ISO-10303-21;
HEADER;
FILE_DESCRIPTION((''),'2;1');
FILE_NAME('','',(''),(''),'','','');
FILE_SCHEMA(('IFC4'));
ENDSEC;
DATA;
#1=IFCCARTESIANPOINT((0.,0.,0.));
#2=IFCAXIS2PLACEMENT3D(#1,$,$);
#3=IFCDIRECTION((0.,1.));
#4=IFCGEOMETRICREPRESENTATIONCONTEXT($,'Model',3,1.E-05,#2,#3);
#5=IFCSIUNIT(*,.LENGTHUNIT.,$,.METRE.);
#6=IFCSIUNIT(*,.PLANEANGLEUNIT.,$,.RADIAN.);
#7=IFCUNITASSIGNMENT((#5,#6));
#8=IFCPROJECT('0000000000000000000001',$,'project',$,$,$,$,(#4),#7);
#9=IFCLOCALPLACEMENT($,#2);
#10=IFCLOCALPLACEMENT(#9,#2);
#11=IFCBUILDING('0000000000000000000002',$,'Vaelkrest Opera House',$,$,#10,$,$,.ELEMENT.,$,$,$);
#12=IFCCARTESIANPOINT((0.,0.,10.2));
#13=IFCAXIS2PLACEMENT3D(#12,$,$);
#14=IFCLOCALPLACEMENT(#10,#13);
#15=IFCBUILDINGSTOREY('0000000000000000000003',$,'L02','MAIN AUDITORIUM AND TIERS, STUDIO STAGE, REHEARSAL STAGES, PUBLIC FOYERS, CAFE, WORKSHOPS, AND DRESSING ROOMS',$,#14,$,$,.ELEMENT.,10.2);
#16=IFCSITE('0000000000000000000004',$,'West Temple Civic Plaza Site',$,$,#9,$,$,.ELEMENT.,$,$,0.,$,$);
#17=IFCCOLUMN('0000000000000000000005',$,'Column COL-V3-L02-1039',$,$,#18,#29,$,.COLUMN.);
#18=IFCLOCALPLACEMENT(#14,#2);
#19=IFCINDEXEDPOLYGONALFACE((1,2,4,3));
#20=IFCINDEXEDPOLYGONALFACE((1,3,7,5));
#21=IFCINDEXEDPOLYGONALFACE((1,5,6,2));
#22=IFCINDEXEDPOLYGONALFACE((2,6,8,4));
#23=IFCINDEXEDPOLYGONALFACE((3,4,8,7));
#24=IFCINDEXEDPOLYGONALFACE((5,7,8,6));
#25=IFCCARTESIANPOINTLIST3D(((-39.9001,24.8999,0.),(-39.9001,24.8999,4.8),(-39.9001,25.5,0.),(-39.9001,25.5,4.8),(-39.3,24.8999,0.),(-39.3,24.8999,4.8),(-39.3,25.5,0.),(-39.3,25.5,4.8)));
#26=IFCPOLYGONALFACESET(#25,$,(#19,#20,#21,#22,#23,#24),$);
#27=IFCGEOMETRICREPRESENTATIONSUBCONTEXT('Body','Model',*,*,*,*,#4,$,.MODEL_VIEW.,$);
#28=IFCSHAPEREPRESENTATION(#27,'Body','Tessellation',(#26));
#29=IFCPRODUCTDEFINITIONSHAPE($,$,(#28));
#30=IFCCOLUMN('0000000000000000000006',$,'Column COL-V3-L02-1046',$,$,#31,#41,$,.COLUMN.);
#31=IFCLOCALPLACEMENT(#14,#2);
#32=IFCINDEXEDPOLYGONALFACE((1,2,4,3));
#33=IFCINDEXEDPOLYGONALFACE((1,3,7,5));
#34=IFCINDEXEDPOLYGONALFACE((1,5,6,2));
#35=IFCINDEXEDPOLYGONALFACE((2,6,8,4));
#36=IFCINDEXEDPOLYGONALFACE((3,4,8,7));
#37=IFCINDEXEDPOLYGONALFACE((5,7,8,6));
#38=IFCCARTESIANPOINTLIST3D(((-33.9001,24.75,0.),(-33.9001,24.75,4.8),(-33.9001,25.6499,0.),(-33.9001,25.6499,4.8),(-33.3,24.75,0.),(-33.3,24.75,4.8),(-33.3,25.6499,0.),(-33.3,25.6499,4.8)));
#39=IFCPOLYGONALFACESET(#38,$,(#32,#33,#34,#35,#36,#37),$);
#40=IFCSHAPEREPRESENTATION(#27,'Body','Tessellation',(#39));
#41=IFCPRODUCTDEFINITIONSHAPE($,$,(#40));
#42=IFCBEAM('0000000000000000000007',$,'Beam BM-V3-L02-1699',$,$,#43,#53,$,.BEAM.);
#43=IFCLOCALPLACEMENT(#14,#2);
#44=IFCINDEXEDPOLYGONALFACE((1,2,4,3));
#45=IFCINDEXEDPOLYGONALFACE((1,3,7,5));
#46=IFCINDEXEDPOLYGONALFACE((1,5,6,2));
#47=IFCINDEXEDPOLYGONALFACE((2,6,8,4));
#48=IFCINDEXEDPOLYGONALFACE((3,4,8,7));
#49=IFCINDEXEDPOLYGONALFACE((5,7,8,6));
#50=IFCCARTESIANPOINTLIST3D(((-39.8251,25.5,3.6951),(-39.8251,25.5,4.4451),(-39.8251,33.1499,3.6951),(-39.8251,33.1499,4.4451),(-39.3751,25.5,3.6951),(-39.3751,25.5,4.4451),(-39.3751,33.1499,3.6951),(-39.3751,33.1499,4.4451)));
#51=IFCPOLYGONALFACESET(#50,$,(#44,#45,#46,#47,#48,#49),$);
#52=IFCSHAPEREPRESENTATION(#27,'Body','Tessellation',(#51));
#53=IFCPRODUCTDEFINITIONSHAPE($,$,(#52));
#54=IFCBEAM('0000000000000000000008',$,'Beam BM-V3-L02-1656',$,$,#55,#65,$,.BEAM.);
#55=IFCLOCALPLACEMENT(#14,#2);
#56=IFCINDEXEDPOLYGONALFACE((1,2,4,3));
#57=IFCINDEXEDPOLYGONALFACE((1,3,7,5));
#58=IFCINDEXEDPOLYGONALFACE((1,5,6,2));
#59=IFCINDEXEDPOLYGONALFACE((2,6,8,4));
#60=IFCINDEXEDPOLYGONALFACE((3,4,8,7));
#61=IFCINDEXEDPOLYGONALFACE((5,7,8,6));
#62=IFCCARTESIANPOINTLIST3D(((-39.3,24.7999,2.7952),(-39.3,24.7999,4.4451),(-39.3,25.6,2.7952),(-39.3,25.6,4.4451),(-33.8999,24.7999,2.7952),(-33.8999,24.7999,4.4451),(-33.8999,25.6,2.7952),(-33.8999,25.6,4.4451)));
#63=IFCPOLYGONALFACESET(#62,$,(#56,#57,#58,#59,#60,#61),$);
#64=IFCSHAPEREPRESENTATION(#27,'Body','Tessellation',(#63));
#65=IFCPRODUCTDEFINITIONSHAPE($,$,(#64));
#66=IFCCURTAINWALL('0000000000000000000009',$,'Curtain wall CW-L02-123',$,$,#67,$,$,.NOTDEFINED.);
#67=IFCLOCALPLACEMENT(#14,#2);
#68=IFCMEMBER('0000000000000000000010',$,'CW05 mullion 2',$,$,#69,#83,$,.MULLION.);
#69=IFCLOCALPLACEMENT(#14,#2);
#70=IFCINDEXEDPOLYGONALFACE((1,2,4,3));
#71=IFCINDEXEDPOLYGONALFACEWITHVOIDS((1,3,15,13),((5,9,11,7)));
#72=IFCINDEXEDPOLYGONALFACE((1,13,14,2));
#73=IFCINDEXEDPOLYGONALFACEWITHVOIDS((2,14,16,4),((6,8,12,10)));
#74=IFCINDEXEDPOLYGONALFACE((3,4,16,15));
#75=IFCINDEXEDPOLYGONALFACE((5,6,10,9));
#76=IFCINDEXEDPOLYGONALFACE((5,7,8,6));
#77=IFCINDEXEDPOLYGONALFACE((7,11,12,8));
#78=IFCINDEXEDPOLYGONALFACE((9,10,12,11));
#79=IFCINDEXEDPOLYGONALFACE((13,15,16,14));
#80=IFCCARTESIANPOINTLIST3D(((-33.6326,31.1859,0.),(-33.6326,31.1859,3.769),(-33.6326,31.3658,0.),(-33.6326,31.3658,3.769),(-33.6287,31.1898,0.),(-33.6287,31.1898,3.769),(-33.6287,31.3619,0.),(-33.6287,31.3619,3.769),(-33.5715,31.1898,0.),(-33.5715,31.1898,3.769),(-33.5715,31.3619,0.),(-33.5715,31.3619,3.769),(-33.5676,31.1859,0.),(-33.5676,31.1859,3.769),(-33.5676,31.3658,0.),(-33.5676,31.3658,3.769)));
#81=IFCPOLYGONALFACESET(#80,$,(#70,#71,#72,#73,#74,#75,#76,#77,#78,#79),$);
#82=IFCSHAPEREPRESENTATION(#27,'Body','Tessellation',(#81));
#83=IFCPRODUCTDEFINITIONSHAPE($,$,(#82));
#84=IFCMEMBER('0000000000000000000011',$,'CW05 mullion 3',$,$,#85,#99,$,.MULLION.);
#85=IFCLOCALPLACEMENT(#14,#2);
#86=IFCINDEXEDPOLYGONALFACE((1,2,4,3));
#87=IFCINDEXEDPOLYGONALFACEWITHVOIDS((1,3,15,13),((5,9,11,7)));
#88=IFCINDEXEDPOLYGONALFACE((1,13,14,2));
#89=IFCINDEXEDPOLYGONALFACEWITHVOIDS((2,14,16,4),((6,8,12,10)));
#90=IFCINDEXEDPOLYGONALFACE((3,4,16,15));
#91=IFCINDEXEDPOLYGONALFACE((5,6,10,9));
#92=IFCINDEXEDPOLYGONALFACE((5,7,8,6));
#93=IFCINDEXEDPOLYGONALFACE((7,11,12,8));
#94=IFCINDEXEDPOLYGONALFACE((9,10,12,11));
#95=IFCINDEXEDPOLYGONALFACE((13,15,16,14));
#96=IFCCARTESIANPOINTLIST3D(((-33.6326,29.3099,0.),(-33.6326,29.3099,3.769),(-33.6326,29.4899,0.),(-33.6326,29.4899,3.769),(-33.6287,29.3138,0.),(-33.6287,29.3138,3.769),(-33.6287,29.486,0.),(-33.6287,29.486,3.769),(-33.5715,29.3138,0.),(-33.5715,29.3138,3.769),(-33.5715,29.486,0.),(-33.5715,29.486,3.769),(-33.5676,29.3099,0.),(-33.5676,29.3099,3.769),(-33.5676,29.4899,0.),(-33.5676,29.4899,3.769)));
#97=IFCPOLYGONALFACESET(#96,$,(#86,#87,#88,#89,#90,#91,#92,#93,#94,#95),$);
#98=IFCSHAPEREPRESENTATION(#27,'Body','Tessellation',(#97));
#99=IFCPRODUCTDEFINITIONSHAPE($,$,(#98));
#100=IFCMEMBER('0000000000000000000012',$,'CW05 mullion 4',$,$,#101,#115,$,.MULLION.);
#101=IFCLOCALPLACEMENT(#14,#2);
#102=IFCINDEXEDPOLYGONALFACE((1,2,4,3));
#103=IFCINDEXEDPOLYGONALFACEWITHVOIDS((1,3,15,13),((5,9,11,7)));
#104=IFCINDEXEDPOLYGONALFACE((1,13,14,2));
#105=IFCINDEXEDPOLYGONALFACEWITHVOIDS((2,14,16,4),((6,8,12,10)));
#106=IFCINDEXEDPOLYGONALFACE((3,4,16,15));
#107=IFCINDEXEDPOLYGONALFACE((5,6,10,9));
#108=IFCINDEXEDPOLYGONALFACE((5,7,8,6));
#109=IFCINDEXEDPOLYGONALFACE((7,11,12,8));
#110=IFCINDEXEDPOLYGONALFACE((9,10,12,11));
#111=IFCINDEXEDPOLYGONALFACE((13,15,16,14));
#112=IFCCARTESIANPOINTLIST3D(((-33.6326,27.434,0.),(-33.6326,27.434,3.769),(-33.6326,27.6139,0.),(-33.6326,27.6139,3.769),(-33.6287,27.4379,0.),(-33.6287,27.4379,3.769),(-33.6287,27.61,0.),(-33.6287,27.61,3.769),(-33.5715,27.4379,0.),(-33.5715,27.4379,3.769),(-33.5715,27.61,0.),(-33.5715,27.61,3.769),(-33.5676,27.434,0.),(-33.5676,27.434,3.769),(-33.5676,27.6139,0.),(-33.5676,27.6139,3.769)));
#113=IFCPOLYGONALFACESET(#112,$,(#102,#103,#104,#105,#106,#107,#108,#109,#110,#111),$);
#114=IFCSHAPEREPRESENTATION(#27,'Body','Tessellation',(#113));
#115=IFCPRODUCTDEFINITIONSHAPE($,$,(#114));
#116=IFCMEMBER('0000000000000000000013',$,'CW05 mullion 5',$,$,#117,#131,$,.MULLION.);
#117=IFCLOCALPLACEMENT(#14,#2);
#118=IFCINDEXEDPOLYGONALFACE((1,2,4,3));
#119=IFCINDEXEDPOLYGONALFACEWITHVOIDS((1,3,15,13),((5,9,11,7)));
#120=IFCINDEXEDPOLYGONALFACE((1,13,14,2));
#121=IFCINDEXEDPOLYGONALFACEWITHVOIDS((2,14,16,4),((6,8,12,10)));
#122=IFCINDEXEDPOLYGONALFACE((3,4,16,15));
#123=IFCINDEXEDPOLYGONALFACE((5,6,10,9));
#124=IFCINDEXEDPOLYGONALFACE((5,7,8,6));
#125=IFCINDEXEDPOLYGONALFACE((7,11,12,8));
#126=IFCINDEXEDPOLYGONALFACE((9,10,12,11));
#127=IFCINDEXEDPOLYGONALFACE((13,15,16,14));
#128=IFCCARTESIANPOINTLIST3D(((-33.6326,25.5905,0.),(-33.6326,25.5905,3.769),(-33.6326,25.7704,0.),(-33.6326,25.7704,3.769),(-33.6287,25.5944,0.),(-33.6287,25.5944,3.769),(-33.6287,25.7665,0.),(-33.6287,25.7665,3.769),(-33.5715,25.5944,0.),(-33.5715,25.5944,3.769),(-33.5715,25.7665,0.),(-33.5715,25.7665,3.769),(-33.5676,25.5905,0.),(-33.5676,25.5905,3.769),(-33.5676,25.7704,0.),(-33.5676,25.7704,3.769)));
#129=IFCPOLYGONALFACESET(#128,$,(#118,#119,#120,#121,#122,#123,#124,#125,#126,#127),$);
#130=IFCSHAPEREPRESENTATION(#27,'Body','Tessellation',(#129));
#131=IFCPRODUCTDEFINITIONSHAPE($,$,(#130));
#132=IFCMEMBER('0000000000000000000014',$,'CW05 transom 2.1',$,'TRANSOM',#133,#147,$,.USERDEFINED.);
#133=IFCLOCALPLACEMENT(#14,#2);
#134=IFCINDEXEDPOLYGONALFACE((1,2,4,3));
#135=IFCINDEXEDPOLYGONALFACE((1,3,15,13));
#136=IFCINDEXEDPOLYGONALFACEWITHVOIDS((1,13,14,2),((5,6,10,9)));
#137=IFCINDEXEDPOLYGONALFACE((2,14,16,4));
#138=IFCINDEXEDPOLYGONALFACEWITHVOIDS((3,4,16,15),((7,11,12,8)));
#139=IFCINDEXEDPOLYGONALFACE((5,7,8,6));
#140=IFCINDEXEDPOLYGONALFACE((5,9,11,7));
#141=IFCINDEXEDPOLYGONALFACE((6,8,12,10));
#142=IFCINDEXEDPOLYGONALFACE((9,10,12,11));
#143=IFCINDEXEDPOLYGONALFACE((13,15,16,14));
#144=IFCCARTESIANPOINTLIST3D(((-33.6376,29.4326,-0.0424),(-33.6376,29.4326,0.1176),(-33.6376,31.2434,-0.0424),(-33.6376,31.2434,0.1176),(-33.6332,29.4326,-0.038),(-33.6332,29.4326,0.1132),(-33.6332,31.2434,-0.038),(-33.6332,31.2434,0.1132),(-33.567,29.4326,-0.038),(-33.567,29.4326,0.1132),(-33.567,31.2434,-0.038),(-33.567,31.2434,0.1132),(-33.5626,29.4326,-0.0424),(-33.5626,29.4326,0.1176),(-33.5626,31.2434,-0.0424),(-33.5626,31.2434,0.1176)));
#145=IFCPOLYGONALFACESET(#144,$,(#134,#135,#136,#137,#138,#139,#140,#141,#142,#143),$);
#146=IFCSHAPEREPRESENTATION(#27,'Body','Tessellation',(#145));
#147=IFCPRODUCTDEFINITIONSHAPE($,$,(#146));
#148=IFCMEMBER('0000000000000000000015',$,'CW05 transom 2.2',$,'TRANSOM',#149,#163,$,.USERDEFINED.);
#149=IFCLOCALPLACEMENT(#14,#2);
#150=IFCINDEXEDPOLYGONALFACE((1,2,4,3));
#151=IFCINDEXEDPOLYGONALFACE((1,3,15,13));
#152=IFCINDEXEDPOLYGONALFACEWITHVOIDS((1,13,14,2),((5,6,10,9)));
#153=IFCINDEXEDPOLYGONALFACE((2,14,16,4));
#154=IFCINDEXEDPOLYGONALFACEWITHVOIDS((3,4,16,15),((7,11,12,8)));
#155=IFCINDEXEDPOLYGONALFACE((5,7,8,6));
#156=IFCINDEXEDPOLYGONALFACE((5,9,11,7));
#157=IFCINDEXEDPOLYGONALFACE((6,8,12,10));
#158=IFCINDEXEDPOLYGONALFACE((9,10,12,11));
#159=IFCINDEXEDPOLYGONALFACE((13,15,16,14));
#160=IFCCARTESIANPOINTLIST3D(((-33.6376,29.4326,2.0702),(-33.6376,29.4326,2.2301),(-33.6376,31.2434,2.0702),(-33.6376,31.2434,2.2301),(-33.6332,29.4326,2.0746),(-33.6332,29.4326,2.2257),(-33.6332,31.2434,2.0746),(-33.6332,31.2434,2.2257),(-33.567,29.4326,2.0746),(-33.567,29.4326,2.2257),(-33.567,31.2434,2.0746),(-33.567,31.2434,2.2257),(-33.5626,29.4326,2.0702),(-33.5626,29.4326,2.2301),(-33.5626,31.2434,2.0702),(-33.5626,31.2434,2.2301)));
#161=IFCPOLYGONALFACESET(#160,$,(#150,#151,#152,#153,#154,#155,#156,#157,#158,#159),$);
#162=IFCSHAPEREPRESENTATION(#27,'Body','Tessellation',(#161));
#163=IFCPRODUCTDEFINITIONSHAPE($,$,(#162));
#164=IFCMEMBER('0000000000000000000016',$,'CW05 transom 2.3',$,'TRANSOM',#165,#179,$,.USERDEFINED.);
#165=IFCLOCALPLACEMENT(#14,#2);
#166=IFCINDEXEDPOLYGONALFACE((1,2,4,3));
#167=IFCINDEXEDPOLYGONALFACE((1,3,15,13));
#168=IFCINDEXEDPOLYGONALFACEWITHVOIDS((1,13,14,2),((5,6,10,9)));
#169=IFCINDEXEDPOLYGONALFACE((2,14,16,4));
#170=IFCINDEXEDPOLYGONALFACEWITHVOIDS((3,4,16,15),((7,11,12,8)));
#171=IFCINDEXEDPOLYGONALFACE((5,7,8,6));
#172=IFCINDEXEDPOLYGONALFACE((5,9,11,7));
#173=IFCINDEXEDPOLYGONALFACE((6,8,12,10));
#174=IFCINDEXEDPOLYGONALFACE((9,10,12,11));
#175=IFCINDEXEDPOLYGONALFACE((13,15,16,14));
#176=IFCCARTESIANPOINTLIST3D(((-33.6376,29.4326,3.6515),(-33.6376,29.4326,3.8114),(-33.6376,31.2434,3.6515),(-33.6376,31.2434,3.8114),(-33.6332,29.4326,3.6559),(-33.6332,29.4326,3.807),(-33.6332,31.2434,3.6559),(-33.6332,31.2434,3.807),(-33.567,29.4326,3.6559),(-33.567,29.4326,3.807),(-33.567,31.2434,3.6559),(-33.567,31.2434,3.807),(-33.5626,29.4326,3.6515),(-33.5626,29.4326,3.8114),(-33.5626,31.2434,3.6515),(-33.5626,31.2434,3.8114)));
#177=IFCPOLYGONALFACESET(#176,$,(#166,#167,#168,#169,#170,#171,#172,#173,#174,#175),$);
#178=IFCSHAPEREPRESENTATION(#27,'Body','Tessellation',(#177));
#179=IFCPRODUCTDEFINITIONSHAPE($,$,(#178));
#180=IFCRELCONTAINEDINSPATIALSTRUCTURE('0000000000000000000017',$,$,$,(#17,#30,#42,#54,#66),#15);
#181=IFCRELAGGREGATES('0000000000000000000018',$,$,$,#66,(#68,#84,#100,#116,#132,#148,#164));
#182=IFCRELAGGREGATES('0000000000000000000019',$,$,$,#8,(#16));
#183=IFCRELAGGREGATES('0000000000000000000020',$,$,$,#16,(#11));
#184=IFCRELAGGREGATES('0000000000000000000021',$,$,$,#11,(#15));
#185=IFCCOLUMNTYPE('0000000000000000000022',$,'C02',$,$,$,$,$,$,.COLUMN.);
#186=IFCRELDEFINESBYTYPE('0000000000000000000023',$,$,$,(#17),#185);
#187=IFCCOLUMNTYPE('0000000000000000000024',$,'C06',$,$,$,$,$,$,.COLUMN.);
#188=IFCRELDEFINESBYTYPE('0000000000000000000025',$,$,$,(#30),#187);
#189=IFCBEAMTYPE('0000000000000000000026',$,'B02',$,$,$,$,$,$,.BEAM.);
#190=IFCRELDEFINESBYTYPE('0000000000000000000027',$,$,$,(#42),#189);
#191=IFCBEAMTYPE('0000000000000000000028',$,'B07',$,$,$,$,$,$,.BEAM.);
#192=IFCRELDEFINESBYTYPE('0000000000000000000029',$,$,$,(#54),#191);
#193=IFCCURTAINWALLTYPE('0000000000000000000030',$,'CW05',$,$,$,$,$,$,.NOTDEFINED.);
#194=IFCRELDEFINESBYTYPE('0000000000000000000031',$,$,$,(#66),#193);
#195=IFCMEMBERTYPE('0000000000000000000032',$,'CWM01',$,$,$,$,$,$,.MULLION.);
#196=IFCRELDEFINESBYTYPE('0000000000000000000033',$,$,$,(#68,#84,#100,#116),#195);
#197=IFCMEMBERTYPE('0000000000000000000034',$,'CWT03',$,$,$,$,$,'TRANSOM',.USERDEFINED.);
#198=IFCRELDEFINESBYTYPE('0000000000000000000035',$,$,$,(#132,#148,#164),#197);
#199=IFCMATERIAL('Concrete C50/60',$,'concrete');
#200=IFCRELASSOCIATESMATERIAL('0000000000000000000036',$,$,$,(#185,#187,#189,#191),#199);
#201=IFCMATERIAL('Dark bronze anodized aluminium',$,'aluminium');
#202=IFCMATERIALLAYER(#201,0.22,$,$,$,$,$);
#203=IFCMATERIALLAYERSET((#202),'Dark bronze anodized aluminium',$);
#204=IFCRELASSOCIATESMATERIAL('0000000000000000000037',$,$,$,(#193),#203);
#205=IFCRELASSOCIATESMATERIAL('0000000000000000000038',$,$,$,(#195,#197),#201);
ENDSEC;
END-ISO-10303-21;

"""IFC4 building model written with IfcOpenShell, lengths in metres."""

from ifc_helpers import new_model, si_unit, direction, frame, origin, origin_2d, place, context, subcontext, project, spatial, rectangle, hollow_rectangle, extrude, material, layer, layer_set, material_profile, profile_set, type_object, element, aggregate, save


model = new_model("IFC4")

# Units and contexts
model_context = context("Model", 3, precision=1e-05, world=origin(), true_north=direction((0.0, 1.0)))
body_context = subcontext(model_context, "Body", "Model", "MODEL_VIEW")
ifc_project = project(units=[si_unit("LENGTHUNIT", "METRE"), si_unit("PLANEANGLEUNIT", "RADIAN")], contexts=[model_context])

# Site, building, storey
site_placement = place(None, origin())
site = spatial("IfcSite", under=ifc_project, at=site_placement, Name="West Temple Civic Plaza Site", CompositionType="ELEMENT", RefElevation=0.0)
building_placement = place(site_placement, origin())
building = spatial("IfcBuilding", under=site, at=building_placement, Name="Vaelkrest Opera House", CompositionType="ELEMENT")
storey_placement = place(building_placement, frame((0.0, 0.0, 10.2)))
storey = spatial("IfcBuildingStorey", under=building, at=storey_placement, Name="L02", Description="MAIN AUDITORIUM AND TIERS, STUDIO STAGE, REHEARSAL STAGES, PUBLIC FOYERS, CAFE, WORKSHOPS, AND DRESSING ROOMS", CompositionType="ELEMENT", Elevation=10.2)

# Columns
ifc_material_1 = material(Name="Concrete C50/60", Category="concrete")
ifc_material_profile_1 = material_profile(ifc_material_1, rectangle(XDim=0.6001, YDim=0.6001, at=origin_2d()), Name="RC600X600")
ifc_profile_set_1 = profile_set([ifc_material_profile_1], Name="Concrete C50/60")
column_type_1 = type_object("IfcColumnType", Name="C02", PredefinedType="COLUMN", material=ifc_profile_set_1)
column_1_placement = place(storey_placement, frame((-39.6001, 25.2, 0.0), z_axis=(0.0, 0.0, 1.0), x_axis=(1.0, 0.0, 0.0)))
element("IfcColumn", 1, at=column_1_placement, inside=storey, type_object=column_type_1, Name="Column COL-V3-L02-1039", PredefinedType="COLUMN", context=body_context, shape_type="SweptSolid", body=[
    extrude(rectangle(XDim=0.6001, YDim=0.6001, at=origin_2d()), origin(), (0.0, 0.0, 1.0), 4.8),
])
ifc_material_profile_2 = material_profile(ifc_material_1, rectangle(XDim=0.6001, YDim=0.8999, at=origin_2d()), Name="RC600X900")
ifc_profile_set_2 = profile_set([ifc_material_profile_2], Name="Concrete C50/60")
column_type_2 = type_object("IfcColumnType", Name="C06", PredefinedType="COLUMN", material=ifc_profile_set_2)
column_2_placement = place(storey_placement, frame((-33.6001, 25.2, 0.0), z_axis=(0.0, 0.0, 1.0), x_axis=(1.0, 0.0, 0.0)))
element("IfcColumn", 2, at=column_2_placement, inside=storey, type_object=column_type_2, Name="Column COL-V3-L02-1046", PredefinedType="COLUMN", context=body_context, shape_type="SweptSolid", body=[
    extrude(rectangle(XDim=0.6001, YDim=0.8999, at=origin_2d()), origin(), (0.0, 0.0, 1.0), 4.8),
])

# Beams
ifc_material_profile_3 = material_profile(ifc_material_1, rectangle(XDim=0.45, YDim=0.75, at=origin_2d()), Name="RCB450X750")
ifc_profile_set_3 = profile_set([ifc_material_profile_3], Name="Concrete C50/60")
beam_type_1 = type_object("IfcBeamType", Name="B02", PredefinedType="BEAM", material=ifc_profile_set_3)
beam_1_placement = place(storey_placement, frame((-39.6001, 25.5, 4.0701), z_axis=(0.0, 1.0, 0.0), x_axis=(-1.0, 0.0, 0.0)))
element("IfcBeam", 3, at=beam_1_placement, inside=storey, type_object=beam_type_1, Name="Beam BM-V3-L02-1699", PredefinedType="BEAM", context=body_context, shape_type="SweptSolid", body=[
    extrude(rectangle(XDim=0.45, YDim=0.75, at=origin_2d()), origin(), (0.0, 0.0, 1.0), 7.6499),
])
ifc_material_profile_4 = material_profile(ifc_material_1, rectangle(XDim=0.8, YDim=1.6499, at=origin_2d()), Name="RCB800X1650")
ifc_profile_set_4 = profile_set([ifc_material_profile_4], Name="Concrete C50/60")
beam_type_2 = type_object("IfcBeamType", Name="B07", PredefinedType="BEAM", material=ifc_profile_set_4)
beam_2_placement = place(storey_placement, frame((-39.3, 25.2, 3.6201), z_axis=(1.0, 0.0, 0.0), x_axis=(0.0, 1.0, 0.0)))
element("IfcBeam", 4, at=beam_2_placement, inside=storey, type_object=beam_type_2, Name="Beam BM-V3-L02-1656", PredefinedType="BEAM", context=body_context, shape_type="SweptSolid", body=[
    extrude(rectangle(XDim=0.8, YDim=1.6499, at=origin_2d()), origin(), (0.0, 0.0, 1.0), 5.4001),
])

# Curtain wall, members
ifc_material_2 = material(Name="Dark bronze anodized aluminium", Category="aluminium")
ifc_layer_1 = layer(ifc_material_2, 0.22)
ifc_layer_set_1 = layer_set([ifc_layer_1], Name="Dark bronze anodized aluminium")
curtain_wall_type = type_object("IfcCurtainWallType", Name="CW05", PredefinedType="NOTDEFINED", material=ifc_layer_set_1)
curtain_wall_placement = place(storey_placement, origin())
curtain_wall = element("IfcCurtainWall", 5, at=curtain_wall_placement, inside=storey, type_object=curtain_wall_type, Name="Curtain wall CW-L02-123", PredefinedType="NOTDEFINED")
ifc_material_profile_5 = material_profile(ifc_material_2, hollow_rectangle(XDim=0.0649, YDim=0.1799, WallThickness=0.0039, at=origin_2d()), Name="CWM65X180")
ifc_profile_set_5 = profile_set([ifc_material_profile_5], Name="Dark bronze anodized aluminium")
member_type_1 = type_object("IfcMemberType", Name="CWM01", PredefinedType="MULLION", material=ifc_profile_set_5)
member_1_placement = place(storey_placement, frame((-33.6001, 31.2759, 0.0), z_axis=(0.0, 0.0, 1.0), x_axis=(1.0, 0.0, 0.0)))
member_1 = element("IfcMember", 6, at=member_1_placement, type_object=member_type_1, Name="CW05 mullion 2", PredefinedType="MULLION", context=body_context, shape_type="SweptSolid", body=[
    extrude(hollow_rectangle(XDim=0.0649, YDim=0.1799, WallThickness=0.0039, at=origin_2d()), origin(), (0.0, 0.0, 1.0), 3.769),
])
member_2_placement = place(storey_placement, frame((-33.6001, 29.3999, 0.0), z_axis=(0.0, 0.0, 1.0), x_axis=(1.0, 0.0, 0.0)))
member_2 = element("IfcMember", 7, at=member_2_placement, type_object=member_type_1, Name="CW05 mullion 3", PredefinedType="MULLION", context=body_context, shape_type="SweptSolid", body=[
    extrude(hollow_rectangle(XDim=0.0649, YDim=0.1799, WallThickness=0.0039, at=origin_2d()), origin(), (0.0, 0.0, 1.0), 3.769),
])
member_3_placement = place(storey_placement, frame((-33.6001, 27.5239, 0.0), z_axis=(0.0, 0.0, 1.0), x_axis=(1.0, 0.0, 0.0)))
member_3 = element("IfcMember", 8, at=member_3_placement, type_object=member_type_1, Name="CW05 mullion 4", PredefinedType="MULLION", context=body_context, shape_type="SweptSolid", body=[
    extrude(hollow_rectangle(XDim=0.0649, YDim=0.1799, WallThickness=0.0039, at=origin_2d()), origin(), (0.0, 0.0, 1.0), 3.769),
])
member_4_placement = place(storey_placement, frame((-33.6001, 25.6804, 0.0), z_axis=(0.0, 0.0, 1.0), x_axis=(1.0, 0.0, 0.0)))
member_4 = element("IfcMember", 9, at=member_4_placement, type_object=member_type_1, Name="CW05 mullion 5", PredefinedType="MULLION", context=body_context, shape_type="SweptSolid", body=[
    extrude(hollow_rectangle(XDim=0.0649, YDim=0.1799, WallThickness=0.0039, at=origin_2d()), origin(), (0.0, 0.0, 1.0), 3.769),
])
ifc_material_profile_6 = material_profile(ifc_material_2, hollow_rectangle(XDim=0.075, YDim=0.1599, WallThickness=0.0044, at=origin_2d()), Name="CWT75X160")
ifc_profile_set_6 = profile_set([ifc_material_profile_6], Name="Dark bronze anodized aluminium")
member_type_2 = type_object("IfcMemberType", Name="CWT03", ElementType="TRANSOM", PredefinedType="USERDEFINED", material=ifc_profile_set_6)
member_5_placement = place(storey_placement, frame((-33.6001, 31.2434, 0.0376), z_axis=(0.0, -1.0, 0.0), x_axis=(1.0, 0.0, 0.0)))
member_5 = element("IfcMember", 10, at=member_5_placement, type_object=member_type_2, Name="CW05 transom 2.1", ObjectType="TRANSOM", PredefinedType="USERDEFINED", context=body_context, shape_type="SweptSolid", body=[
    extrude(hollow_rectangle(XDim=0.075, YDim=0.1599, WallThickness=0.0044, at=origin_2d()), origin(), (0.0, 0.0, 1.0), 1.8108),
])
member_6_placement = place(storey_placement, frame((-33.6001, 31.2434, 2.1501), z_axis=(0.0, -1.0, 0.0), x_axis=(1.0, 0.0, 0.0)))
member_6 = element("IfcMember", 11, at=member_6_placement, type_object=member_type_2, Name="CW05 transom 2.2", ObjectType="TRANSOM", PredefinedType="USERDEFINED", context=body_context, shape_type="SweptSolid", body=[
    extrude(hollow_rectangle(XDim=0.075, YDim=0.1599, WallThickness=0.0044, at=origin_2d()), origin(), (0.0, 0.0, 1.0), 1.8108),
])
member_7_placement = place(storey_placement, frame((-33.6001, 31.2434, 3.7314), z_axis=(0.0, -1.0, 0.0), x_axis=(1.0, 0.0, 0.0)))
member_7 = element("IfcMember", 12, at=member_7_placement, type_object=member_type_2, Name="CW05 transom 2.3", ObjectType="TRANSOM", PredefinedType="USERDEFINED", context=body_context, shape_type="SweptSolid", body=[
    extrude(hollow_rectangle(XDim=0.075, YDim=0.1599, WallThickness=0.0044, at=origin_2d()), origin(), (0.0, 0.0, 1.0), 1.8108),
])

aggregate(curtain_wall, [member_1, member_2, member_3, member_4, member_5, member_6, member_7])

save(model, "model.ifc")
